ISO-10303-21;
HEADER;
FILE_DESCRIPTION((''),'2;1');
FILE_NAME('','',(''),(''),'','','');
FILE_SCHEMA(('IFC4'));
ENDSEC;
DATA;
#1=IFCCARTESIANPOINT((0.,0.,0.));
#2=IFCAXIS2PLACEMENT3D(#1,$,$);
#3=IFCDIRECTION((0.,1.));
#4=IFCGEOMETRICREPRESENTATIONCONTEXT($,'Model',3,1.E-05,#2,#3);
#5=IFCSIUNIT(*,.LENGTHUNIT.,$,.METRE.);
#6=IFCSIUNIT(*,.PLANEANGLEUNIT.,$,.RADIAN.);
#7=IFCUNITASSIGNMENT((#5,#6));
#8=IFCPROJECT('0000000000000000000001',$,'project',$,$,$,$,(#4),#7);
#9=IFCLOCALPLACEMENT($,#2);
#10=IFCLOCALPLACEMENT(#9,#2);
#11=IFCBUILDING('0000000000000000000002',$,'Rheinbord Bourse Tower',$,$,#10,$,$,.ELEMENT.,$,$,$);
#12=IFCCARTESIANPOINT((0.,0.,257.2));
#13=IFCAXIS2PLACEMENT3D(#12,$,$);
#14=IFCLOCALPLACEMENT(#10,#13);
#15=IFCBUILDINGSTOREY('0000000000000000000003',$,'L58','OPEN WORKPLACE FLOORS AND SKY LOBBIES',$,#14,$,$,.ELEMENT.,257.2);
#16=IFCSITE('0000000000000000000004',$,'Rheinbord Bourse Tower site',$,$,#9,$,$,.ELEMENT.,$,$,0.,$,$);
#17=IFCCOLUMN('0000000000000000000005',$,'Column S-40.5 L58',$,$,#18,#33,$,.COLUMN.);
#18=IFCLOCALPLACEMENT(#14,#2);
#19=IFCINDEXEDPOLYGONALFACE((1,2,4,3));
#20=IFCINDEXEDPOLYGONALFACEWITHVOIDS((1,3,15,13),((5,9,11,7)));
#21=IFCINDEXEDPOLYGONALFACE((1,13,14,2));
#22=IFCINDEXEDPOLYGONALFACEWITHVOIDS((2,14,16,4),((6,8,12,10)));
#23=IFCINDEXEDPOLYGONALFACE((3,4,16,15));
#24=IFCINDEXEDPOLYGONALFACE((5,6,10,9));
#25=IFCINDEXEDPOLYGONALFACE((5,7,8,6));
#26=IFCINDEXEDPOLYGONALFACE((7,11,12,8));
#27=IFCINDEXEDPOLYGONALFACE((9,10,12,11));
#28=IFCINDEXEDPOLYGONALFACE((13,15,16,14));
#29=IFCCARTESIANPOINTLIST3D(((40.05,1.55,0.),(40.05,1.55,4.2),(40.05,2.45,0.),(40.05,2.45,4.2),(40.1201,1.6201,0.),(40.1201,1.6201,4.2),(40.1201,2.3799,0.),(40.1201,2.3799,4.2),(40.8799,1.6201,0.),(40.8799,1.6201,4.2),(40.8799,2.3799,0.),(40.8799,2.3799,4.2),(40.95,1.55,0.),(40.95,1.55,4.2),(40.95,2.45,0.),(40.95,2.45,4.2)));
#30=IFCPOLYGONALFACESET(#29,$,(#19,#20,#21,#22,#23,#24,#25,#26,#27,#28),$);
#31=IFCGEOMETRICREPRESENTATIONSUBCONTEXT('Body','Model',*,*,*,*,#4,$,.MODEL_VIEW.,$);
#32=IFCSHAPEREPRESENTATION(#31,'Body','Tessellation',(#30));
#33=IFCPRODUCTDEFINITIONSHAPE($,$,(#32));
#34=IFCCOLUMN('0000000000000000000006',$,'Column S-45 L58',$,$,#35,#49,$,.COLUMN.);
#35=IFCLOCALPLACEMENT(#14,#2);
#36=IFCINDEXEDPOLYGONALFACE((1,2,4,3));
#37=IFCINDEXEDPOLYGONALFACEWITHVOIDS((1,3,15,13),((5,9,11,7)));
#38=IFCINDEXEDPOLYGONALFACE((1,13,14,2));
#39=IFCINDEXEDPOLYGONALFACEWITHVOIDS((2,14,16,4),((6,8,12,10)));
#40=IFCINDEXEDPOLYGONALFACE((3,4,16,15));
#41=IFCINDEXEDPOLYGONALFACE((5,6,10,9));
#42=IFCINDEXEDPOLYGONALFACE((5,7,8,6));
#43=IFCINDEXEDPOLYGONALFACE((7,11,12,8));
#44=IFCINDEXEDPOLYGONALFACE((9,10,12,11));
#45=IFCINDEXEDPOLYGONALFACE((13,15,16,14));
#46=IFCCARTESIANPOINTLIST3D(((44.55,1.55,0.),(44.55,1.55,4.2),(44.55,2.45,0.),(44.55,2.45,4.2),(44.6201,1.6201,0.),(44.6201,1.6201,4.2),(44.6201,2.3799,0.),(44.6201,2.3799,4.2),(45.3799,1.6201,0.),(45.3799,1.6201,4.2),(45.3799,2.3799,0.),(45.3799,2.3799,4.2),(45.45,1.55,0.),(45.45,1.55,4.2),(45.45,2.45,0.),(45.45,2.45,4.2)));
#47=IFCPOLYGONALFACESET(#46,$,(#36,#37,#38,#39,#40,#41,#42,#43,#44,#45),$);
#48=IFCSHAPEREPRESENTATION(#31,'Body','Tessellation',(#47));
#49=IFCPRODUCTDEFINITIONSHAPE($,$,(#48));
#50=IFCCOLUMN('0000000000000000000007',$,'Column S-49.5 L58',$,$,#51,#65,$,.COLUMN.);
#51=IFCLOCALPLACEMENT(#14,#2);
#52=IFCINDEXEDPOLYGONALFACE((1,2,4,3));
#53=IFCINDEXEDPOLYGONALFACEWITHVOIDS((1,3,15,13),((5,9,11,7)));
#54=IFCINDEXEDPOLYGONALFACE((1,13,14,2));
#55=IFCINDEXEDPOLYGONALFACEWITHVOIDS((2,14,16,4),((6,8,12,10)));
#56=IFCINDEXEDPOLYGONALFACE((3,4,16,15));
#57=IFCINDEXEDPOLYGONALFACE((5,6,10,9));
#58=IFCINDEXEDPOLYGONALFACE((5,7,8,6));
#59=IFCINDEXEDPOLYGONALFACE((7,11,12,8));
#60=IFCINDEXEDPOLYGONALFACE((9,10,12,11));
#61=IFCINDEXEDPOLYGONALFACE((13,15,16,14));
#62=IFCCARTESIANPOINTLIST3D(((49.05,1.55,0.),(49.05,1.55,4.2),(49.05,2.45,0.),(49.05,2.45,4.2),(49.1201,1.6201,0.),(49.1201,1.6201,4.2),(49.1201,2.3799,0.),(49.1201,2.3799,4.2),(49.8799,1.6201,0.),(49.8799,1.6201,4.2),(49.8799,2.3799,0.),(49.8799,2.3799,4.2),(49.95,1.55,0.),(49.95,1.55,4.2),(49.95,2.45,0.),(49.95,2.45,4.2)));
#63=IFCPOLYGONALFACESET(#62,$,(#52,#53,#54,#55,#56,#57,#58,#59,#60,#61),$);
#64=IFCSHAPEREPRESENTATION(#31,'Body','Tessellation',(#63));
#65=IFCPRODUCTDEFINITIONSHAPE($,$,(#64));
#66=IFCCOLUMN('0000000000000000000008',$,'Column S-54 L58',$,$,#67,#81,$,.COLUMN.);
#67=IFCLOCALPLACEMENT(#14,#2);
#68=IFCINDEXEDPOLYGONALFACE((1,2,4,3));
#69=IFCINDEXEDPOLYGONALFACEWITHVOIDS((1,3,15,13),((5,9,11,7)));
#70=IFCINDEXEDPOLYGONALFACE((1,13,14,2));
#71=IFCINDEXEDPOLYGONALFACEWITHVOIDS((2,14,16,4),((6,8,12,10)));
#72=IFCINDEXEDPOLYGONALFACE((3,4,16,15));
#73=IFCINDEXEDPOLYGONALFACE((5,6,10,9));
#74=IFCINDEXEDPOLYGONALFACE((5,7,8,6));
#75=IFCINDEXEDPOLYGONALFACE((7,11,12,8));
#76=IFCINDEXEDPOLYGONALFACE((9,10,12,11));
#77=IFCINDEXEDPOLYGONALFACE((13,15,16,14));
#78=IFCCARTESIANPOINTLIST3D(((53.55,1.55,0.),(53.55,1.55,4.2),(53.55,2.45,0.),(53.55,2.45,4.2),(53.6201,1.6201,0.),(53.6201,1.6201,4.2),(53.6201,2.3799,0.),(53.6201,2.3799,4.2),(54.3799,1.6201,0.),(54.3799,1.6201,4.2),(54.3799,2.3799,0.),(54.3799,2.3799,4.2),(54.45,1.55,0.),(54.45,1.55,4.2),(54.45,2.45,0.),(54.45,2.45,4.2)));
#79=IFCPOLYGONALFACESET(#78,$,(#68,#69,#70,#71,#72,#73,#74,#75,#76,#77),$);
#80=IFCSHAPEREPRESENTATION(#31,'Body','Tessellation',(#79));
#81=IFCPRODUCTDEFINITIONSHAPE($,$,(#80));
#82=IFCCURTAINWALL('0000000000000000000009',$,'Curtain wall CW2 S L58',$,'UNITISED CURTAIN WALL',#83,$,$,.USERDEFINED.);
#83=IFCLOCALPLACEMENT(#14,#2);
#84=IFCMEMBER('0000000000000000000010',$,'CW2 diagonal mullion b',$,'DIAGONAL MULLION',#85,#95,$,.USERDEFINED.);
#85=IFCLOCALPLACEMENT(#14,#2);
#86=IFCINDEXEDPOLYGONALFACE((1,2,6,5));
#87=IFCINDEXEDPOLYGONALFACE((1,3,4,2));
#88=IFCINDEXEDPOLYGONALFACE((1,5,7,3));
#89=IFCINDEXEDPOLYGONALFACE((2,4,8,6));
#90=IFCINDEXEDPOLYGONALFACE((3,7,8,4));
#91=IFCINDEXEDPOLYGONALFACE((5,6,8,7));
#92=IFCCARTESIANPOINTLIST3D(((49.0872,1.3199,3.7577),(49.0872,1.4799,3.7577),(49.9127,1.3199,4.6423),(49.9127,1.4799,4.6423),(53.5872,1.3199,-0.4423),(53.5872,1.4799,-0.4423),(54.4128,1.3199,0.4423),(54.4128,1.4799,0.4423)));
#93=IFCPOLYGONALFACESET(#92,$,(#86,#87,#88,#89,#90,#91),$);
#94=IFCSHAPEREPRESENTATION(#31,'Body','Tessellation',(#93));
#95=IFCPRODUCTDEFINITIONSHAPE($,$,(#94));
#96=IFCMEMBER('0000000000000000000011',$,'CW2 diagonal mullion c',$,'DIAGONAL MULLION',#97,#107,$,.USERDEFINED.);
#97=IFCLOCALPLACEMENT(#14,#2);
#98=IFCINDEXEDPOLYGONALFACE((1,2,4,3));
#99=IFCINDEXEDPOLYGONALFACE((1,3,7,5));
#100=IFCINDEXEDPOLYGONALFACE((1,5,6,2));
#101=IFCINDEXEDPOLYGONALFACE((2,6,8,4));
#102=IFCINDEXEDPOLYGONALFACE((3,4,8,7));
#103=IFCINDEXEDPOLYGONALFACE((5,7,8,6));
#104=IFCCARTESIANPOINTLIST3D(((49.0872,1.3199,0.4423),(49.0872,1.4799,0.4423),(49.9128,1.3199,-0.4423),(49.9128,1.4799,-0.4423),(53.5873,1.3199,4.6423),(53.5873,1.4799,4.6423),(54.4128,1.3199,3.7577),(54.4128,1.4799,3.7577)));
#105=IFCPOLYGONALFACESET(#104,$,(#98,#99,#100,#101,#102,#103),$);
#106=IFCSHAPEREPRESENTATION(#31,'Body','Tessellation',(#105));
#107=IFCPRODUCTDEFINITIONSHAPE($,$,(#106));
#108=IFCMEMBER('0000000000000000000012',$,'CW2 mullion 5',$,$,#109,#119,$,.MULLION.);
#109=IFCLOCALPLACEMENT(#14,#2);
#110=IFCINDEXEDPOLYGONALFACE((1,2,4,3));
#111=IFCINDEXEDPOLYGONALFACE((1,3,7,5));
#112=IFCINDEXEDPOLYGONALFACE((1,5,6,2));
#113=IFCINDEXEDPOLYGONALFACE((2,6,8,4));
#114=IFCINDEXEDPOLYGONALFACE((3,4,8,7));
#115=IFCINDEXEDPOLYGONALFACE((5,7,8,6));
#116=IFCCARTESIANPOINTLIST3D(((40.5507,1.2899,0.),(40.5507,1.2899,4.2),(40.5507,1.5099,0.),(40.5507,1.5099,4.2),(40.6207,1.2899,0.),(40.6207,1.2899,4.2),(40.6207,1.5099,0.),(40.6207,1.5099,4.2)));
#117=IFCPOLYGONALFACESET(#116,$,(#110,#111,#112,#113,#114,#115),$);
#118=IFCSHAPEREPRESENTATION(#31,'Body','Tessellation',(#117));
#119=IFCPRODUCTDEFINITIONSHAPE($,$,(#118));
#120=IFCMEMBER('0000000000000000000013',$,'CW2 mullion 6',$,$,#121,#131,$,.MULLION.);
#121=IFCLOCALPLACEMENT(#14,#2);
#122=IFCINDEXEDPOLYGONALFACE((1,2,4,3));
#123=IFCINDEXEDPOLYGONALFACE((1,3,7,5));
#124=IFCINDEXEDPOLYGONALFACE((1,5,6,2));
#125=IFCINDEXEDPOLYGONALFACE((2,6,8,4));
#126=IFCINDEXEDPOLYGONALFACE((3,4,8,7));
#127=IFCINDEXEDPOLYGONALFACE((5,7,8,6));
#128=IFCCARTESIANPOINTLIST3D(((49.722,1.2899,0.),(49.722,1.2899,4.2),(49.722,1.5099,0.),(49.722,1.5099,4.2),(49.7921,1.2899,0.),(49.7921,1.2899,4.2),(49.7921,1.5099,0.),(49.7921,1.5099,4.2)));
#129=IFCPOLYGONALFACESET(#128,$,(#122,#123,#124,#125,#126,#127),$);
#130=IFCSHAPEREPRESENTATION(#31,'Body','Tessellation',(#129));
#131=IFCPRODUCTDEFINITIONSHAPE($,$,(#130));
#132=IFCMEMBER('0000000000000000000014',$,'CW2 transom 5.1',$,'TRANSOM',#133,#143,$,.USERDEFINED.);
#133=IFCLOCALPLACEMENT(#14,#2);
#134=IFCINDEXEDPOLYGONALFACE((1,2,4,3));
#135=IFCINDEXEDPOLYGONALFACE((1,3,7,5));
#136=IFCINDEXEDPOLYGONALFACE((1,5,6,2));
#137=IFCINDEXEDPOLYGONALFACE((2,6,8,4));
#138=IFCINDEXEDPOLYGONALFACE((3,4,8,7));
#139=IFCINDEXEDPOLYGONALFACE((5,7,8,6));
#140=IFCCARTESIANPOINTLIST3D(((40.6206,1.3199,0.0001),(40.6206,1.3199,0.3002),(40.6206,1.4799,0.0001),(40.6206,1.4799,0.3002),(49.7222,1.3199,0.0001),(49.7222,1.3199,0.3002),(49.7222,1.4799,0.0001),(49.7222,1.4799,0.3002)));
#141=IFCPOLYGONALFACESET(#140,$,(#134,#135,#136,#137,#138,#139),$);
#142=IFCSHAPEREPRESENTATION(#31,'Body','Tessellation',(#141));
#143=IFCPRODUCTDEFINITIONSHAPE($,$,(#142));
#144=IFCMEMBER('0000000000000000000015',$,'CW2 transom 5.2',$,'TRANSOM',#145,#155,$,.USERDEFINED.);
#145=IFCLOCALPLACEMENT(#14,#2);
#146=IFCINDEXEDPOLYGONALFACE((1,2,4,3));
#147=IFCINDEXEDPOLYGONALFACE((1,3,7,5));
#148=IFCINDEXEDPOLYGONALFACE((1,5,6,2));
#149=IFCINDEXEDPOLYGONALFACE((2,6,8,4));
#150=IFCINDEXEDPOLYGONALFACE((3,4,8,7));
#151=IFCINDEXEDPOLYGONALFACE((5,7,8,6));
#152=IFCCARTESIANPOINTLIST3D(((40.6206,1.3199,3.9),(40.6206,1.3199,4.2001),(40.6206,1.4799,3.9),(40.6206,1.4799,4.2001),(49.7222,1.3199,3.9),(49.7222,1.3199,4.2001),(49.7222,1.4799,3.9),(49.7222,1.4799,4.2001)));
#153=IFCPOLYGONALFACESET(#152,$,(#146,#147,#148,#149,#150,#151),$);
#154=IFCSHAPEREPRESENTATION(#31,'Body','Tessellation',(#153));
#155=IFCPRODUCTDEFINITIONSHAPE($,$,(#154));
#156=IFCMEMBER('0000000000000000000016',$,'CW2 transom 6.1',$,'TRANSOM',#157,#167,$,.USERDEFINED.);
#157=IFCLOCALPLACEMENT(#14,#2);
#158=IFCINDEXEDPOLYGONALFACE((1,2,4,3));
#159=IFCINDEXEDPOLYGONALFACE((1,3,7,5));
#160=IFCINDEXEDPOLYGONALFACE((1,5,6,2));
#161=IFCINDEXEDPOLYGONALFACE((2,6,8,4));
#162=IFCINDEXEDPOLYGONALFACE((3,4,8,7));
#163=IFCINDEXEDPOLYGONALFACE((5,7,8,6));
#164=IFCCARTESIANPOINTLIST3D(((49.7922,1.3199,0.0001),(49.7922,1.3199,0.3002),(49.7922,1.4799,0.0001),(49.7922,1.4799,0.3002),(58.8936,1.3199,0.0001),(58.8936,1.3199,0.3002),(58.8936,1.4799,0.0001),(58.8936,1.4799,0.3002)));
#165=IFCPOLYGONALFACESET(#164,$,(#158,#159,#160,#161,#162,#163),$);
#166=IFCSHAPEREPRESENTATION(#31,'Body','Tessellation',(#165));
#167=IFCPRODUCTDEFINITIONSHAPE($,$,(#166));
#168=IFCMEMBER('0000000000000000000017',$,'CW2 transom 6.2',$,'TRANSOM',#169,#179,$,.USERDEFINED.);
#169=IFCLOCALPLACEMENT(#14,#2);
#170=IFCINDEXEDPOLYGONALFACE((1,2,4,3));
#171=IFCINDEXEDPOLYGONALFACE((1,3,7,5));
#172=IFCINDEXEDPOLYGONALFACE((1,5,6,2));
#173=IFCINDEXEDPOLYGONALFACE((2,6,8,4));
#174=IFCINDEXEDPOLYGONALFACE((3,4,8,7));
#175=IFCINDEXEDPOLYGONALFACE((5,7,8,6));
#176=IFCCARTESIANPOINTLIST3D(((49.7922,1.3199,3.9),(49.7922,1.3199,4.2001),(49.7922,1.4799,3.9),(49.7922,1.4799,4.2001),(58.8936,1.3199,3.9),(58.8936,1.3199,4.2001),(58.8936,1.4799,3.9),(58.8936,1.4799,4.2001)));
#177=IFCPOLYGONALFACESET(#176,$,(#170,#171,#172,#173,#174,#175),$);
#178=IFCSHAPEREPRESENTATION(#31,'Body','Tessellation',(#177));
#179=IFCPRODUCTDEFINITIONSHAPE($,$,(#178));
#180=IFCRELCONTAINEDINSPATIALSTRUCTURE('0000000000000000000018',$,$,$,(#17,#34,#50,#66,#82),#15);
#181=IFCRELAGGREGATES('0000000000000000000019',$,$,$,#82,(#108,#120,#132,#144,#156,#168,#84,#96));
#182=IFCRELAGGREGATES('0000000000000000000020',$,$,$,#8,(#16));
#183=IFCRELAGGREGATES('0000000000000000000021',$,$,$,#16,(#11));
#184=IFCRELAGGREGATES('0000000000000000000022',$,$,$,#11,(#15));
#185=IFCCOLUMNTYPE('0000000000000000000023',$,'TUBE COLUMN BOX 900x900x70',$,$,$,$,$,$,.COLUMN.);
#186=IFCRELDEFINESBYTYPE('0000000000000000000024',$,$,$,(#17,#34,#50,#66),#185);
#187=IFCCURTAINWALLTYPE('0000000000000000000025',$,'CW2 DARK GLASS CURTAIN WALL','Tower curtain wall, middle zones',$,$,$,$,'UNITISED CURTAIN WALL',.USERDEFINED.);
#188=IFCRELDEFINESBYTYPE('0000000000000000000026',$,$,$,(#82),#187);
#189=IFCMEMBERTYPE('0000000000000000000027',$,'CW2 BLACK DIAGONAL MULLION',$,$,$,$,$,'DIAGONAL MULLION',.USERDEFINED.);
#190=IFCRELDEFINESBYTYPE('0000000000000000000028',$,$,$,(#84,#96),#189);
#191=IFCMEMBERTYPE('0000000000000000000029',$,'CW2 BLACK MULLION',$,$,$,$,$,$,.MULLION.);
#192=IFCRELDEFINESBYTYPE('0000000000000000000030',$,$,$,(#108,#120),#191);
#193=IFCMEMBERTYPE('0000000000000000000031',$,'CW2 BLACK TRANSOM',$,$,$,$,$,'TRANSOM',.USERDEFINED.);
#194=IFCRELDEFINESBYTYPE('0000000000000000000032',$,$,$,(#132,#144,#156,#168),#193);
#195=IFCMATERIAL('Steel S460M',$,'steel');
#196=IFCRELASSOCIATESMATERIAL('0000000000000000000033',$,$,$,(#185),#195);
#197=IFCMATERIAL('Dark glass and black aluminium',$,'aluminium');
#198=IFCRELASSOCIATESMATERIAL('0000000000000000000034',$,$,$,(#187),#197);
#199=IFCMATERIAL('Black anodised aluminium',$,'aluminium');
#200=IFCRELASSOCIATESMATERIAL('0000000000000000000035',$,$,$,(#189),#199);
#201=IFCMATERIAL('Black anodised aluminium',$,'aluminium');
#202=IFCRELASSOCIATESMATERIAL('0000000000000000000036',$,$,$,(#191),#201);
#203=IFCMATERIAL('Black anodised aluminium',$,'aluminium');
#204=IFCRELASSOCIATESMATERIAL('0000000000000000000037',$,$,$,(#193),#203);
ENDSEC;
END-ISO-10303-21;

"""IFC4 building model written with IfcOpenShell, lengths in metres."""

from ifc_helpers import new_model, si_unit, direction, frame, origin, origin_2d, place, context, subcontext, project, spatial, rectangle, hollow_rectangle, extrude, material, material_profile, profile_set, type_object, element, aggregate, save


model = new_model("IFC4")

# Units and contexts
model_context = context("Model", 3, precision=1e-05, world=origin(), true_north=direction((0.0, 1.0)))
body_context = subcontext(model_context, "Body", "Model", "MODEL_VIEW")
ifc_project = project(units=[si_unit("LENGTHUNIT", "METRE"), si_unit("PLANEANGLEUNIT", "RADIAN")], contexts=[model_context])

# Site, building, storey
site_placement = place(None, origin())
site = spatial("IfcSite", under=ifc_project, at=site_placement, Name="Rheinbord Bourse Tower site", CompositionType="ELEMENT", RefElevation=0.0)
building_placement = place(site_placement, origin())
building = spatial("IfcBuilding", under=site, at=building_placement, Name="Rheinbord Bourse Tower", CompositionType="ELEMENT")
storey_placement = place(building_placement, frame((0.0, 0.0, 257.2)))
storey = spatial("IfcBuildingStorey", under=building, at=storey_placement, Name="L58", Description="OPEN WORKPLACE FLOORS AND SKY LOBBIES", CompositionType="ELEMENT", Elevation=257.2)

# Columns
ifc_material_1 = material(Name="Steel S460M", Category="steel")
ifc_material_profile_1 = material_profile(ifc_material_1, hollow_rectangle(XDim=0.8999, YDim=0.8999, WallThickness=0.0701, at=origin_2d()), Name="BOX 900x900x70")
ifc_profile_set_1 = profile_set([ifc_material_profile_1], Name="Steel S460M")
column_type = type_object("IfcColumnType", Name="TUBE COLUMN BOX 900x900x70", PredefinedType="COLUMN", material=ifc_profile_set_1)
for number, where, z_axis, x_axis, name in (
    (1, (40.5, 2.0, 0.0), (0.0, 0.0, 1.0), (0.0, 1.0, 0.0), "Column S-40.5 L58"),
    (2, (45.0, 2.0, 0.0), (0.0, 0.0, 1.0), (0.0, 1.0, 0.0), "Column S-45 L58"),
    (3, (49.5, 2.0, 0.0), (0.0, 0.0, 1.0), (0.0, 1.0, 0.0), "Column S-49.5 L58"),
    (4, (54.0, 2.0, 0.0), (0.0, 0.0, 1.0), (0.0, 1.0, 0.0), "Column S-54 L58"),
):
    element("IfcColumn", number, at=place(storey_placement, frame(where, z_axis=z_axis, x_axis=x_axis)), inside=storey, type_object=column_type, Name=name, PredefinedType="COLUMN", context=body_context, shape_type="SweptSolid", body=[
        extrude(hollow_rectangle(XDim=0.8999, YDim=0.8999, WallThickness=0.0701, at=origin_2d()), origin(), (0.0, 0.0, 1.0), 4.2),
    ])

# Curtain wall, members
ifc_material_2 = material(Name="Dark glass and black aluminium", Category="aluminium")
curtain_wall_type = type_object("IfcCurtainWallType", Name="CW2 DARK GLASS CURTAIN WALL", Description="Tower curtain wall, middle zones", ElementType="UNITISED CURTAIN WALL", PredefinedType="USERDEFINED", material=ifc_material_2)
curtain_wall_placement = place(storey_placement, origin())
curtain_wall = element("IfcCurtainWall", 5, at=curtain_wall_placement, inside=storey, type_object=curtain_wall_type, Name="Curtain wall CW2 S L58", ObjectType="UNITISED CURTAIN WALL", PredefinedType="USERDEFINED")
ifc_material_3 = material(Name="Black anodised aluminium", Category="aluminium")
ifc_material_profile_2 = material_profile(ifc_material_3, rectangle(XDim=0.1599, YDim=1.21, at=origin_2d()), Name="CW2 DIAGONAL MULLION 1210x160")
ifc_profile_set_2 = profile_set([ifc_material_profile_2], Name="Black anodised aluminium")
member_type_1 = type_object("IfcMemberType", Name="CW2 BLACK DIAGONAL MULLION", ElementType="DIAGONAL MULLION", PredefinedType="USERDEFINED", material=ifc_profile_set_2)
member_1_placement = place(storey_placement, frame((54.0, 1.3999, 0.0), z_axis=(-0.731059, 0.0, 0.682314), x_axis=(0.0, -1.0, 0.0)))
member_1 = element("IfcMember", 6, at=member_1_placement, type_object=member_type_1, Name="CW2 diagonal mullion b", ObjectType="DIAGONAL MULLION", PredefinedType="USERDEFINED", context=body_context, shape_type="SweptSolid", body=[
    extrude(rectangle(XDim=0.1599, YDim=1.21, at=origin_2d()), origin(), (0.0, 0.0, 1.0), 6.1555),
])
member_2_placement = place(storey_placement, frame((49.5, 1.3999, 0.0), z_axis=(0.731059, 0.0, 0.682314), x_axis=(0.0, 1.0, 0.0)))
member_2 = element("IfcMember", 7, at=member_2_placement, type_object=member_type_1, Name="CW2 diagonal mullion c", ObjectType="DIAGONAL MULLION", PredefinedType="USERDEFINED", context=body_context, shape_type="SweptSolid", body=[
    extrude(rectangle(XDim=0.1599, YDim=1.21, at=origin_2d()), origin(), (0.0, 0.0, 1.0), 6.1555),
])
ifc_material_4 = material(Name="Black anodised aluminium", Category="aluminium")
ifc_material_profile_3 = material_profile(ifc_material_4, rectangle(XDim=0.22, YDim=0.0701, at=origin_2d()), Name="CW2 MULLION 70x220")
ifc_profile_set_3 = profile_set([ifc_material_profile_3], Name="Black anodised aluminium")
member_type_2 = type_object("IfcMemberType", Name="CW2 BLACK MULLION", PredefinedType="MULLION", material=ifc_profile_set_3)
member_3_placement = place(storey_placement, frame((40.5857, 1.3999, 0.0), z_axis=(0.0, 0.0, 1.0), x_axis=(0.0, 1.0, 0.0)))
member_3 = element("IfcMember", 8, at=member_3_placement, type_object=member_type_2, Name="CW2 mullion 5", PredefinedType="MULLION", context=body_context, shape_type="SweptSolid", body=[
    extrude(rectangle(XDim=0.22, YDim=0.0701, at=origin_2d()), origin(), (0.0, 0.0, 1.0), 4.2),
])
member_4_placement = place(storey_placement, frame((49.7571, 1.3999, 0.0), z_axis=(0.0, 0.0, 1.0), x_axis=(0.0, 1.0, 0.0)))
member_4 = element("IfcMember", 9, at=member_4_placement, type_object=member_type_2, Name="CW2 mullion 6", PredefinedType="MULLION", context=body_context, shape_type="SweptSolid", body=[
    extrude(rectangle(XDim=0.22, YDim=0.0701, at=origin_2d()), origin(), (0.0, 0.0, 1.0), 4.2),
])
ifc_material_5 = material(Name="Black anodised aluminium", Category="aluminium")
ifc_material_profile_4 = material_profile(ifc_material_5, rectangle(XDim=0.1599, YDim=0.3, at=origin_2d()), Name="CW2 TRANSOM 300x160")
ifc_profile_set_4 = profile_set([ifc_material_profile_4], Name="Black anodised aluminium")
member_type_3 = type_object("IfcMemberType", Name="CW2 BLACK TRANSOM", ElementType="TRANSOM", PredefinedType="USERDEFINED", material=ifc_profile_set_4)
member_5_placement = place(storey_placement, frame((40.6206, 1.3999, 0.1501), z_axis=(1.0, 0.0, 0.0), x_axis=(0.0, 1.0, 0.0)))
member_5 = element("IfcMember", 10, at=member_5_placement, type_object=member_type_3, Name="CW2 transom 5.1", ObjectType="TRANSOM", PredefinedType="USERDEFINED", context=body_context, shape_type="SweptSolid", body=[
    extrude(rectangle(XDim=0.1599, YDim=0.3, at=origin_2d()), origin(), (0.0, 0.0, 1.0), 9.1016),
])
member_6_placement = place(storey_placement, frame((40.6206, 1.3999, 4.05), z_axis=(1.0, 0.0, 0.0), x_axis=(0.0, 1.0, 0.0)))
member_6 = element("IfcMember", 11, at=member_6_placement, type_object=member_type_3, Name="CW2 transom 5.2", ObjectType="TRANSOM", PredefinedType="USERDEFINED", context=body_context, shape_type="SweptSolid", body=[
    extrude(rectangle(XDim=0.1599, YDim=0.3, at=origin_2d()), origin(), (0.0, 0.0, 1.0), 9.1016),
])
member_7_placement = place(storey_placement, frame((49.7922, 1.3999, 0.1501), z_axis=(1.0, 0.0, 0.0), x_axis=(0.0, 1.0, 0.0)))
member_7 = element("IfcMember", 12, at=member_7_placement, type_object=member_type_3, Name="CW2 transom 6.1", ObjectType="TRANSOM", PredefinedType="USERDEFINED", context=body_context, shape_type="SweptSolid", body=[
    extrude(rectangle(XDim=0.1599, YDim=0.3, at=origin_2d()), origin(), (0.0, 0.0, 1.0), 9.1013),
])
member_8_placement = place(storey_placement, frame((49.7922, 1.3999, 4.05), z_axis=(1.0, 0.0, 0.0), x_axis=(0.0, 1.0, 0.0)))
member_8 = element("IfcMember", 13, at=member_8_placement, type_object=member_type_3, Name="CW2 transom 6.2", ObjectType="TRANSOM", PredefinedType="USERDEFINED", context=body_context, shape_type="SweptSolid", body=[
    extrude(rectangle(XDim=0.1599, YDim=0.3, at=origin_2d()), origin(), (0.0, 0.0, 1.0), 9.1013),
])

aggregate(curtain_wall, [member_3, member_4, member_5, member_6, member_7, member_8, member_1, member_2])

save(model, "model.ifc")
